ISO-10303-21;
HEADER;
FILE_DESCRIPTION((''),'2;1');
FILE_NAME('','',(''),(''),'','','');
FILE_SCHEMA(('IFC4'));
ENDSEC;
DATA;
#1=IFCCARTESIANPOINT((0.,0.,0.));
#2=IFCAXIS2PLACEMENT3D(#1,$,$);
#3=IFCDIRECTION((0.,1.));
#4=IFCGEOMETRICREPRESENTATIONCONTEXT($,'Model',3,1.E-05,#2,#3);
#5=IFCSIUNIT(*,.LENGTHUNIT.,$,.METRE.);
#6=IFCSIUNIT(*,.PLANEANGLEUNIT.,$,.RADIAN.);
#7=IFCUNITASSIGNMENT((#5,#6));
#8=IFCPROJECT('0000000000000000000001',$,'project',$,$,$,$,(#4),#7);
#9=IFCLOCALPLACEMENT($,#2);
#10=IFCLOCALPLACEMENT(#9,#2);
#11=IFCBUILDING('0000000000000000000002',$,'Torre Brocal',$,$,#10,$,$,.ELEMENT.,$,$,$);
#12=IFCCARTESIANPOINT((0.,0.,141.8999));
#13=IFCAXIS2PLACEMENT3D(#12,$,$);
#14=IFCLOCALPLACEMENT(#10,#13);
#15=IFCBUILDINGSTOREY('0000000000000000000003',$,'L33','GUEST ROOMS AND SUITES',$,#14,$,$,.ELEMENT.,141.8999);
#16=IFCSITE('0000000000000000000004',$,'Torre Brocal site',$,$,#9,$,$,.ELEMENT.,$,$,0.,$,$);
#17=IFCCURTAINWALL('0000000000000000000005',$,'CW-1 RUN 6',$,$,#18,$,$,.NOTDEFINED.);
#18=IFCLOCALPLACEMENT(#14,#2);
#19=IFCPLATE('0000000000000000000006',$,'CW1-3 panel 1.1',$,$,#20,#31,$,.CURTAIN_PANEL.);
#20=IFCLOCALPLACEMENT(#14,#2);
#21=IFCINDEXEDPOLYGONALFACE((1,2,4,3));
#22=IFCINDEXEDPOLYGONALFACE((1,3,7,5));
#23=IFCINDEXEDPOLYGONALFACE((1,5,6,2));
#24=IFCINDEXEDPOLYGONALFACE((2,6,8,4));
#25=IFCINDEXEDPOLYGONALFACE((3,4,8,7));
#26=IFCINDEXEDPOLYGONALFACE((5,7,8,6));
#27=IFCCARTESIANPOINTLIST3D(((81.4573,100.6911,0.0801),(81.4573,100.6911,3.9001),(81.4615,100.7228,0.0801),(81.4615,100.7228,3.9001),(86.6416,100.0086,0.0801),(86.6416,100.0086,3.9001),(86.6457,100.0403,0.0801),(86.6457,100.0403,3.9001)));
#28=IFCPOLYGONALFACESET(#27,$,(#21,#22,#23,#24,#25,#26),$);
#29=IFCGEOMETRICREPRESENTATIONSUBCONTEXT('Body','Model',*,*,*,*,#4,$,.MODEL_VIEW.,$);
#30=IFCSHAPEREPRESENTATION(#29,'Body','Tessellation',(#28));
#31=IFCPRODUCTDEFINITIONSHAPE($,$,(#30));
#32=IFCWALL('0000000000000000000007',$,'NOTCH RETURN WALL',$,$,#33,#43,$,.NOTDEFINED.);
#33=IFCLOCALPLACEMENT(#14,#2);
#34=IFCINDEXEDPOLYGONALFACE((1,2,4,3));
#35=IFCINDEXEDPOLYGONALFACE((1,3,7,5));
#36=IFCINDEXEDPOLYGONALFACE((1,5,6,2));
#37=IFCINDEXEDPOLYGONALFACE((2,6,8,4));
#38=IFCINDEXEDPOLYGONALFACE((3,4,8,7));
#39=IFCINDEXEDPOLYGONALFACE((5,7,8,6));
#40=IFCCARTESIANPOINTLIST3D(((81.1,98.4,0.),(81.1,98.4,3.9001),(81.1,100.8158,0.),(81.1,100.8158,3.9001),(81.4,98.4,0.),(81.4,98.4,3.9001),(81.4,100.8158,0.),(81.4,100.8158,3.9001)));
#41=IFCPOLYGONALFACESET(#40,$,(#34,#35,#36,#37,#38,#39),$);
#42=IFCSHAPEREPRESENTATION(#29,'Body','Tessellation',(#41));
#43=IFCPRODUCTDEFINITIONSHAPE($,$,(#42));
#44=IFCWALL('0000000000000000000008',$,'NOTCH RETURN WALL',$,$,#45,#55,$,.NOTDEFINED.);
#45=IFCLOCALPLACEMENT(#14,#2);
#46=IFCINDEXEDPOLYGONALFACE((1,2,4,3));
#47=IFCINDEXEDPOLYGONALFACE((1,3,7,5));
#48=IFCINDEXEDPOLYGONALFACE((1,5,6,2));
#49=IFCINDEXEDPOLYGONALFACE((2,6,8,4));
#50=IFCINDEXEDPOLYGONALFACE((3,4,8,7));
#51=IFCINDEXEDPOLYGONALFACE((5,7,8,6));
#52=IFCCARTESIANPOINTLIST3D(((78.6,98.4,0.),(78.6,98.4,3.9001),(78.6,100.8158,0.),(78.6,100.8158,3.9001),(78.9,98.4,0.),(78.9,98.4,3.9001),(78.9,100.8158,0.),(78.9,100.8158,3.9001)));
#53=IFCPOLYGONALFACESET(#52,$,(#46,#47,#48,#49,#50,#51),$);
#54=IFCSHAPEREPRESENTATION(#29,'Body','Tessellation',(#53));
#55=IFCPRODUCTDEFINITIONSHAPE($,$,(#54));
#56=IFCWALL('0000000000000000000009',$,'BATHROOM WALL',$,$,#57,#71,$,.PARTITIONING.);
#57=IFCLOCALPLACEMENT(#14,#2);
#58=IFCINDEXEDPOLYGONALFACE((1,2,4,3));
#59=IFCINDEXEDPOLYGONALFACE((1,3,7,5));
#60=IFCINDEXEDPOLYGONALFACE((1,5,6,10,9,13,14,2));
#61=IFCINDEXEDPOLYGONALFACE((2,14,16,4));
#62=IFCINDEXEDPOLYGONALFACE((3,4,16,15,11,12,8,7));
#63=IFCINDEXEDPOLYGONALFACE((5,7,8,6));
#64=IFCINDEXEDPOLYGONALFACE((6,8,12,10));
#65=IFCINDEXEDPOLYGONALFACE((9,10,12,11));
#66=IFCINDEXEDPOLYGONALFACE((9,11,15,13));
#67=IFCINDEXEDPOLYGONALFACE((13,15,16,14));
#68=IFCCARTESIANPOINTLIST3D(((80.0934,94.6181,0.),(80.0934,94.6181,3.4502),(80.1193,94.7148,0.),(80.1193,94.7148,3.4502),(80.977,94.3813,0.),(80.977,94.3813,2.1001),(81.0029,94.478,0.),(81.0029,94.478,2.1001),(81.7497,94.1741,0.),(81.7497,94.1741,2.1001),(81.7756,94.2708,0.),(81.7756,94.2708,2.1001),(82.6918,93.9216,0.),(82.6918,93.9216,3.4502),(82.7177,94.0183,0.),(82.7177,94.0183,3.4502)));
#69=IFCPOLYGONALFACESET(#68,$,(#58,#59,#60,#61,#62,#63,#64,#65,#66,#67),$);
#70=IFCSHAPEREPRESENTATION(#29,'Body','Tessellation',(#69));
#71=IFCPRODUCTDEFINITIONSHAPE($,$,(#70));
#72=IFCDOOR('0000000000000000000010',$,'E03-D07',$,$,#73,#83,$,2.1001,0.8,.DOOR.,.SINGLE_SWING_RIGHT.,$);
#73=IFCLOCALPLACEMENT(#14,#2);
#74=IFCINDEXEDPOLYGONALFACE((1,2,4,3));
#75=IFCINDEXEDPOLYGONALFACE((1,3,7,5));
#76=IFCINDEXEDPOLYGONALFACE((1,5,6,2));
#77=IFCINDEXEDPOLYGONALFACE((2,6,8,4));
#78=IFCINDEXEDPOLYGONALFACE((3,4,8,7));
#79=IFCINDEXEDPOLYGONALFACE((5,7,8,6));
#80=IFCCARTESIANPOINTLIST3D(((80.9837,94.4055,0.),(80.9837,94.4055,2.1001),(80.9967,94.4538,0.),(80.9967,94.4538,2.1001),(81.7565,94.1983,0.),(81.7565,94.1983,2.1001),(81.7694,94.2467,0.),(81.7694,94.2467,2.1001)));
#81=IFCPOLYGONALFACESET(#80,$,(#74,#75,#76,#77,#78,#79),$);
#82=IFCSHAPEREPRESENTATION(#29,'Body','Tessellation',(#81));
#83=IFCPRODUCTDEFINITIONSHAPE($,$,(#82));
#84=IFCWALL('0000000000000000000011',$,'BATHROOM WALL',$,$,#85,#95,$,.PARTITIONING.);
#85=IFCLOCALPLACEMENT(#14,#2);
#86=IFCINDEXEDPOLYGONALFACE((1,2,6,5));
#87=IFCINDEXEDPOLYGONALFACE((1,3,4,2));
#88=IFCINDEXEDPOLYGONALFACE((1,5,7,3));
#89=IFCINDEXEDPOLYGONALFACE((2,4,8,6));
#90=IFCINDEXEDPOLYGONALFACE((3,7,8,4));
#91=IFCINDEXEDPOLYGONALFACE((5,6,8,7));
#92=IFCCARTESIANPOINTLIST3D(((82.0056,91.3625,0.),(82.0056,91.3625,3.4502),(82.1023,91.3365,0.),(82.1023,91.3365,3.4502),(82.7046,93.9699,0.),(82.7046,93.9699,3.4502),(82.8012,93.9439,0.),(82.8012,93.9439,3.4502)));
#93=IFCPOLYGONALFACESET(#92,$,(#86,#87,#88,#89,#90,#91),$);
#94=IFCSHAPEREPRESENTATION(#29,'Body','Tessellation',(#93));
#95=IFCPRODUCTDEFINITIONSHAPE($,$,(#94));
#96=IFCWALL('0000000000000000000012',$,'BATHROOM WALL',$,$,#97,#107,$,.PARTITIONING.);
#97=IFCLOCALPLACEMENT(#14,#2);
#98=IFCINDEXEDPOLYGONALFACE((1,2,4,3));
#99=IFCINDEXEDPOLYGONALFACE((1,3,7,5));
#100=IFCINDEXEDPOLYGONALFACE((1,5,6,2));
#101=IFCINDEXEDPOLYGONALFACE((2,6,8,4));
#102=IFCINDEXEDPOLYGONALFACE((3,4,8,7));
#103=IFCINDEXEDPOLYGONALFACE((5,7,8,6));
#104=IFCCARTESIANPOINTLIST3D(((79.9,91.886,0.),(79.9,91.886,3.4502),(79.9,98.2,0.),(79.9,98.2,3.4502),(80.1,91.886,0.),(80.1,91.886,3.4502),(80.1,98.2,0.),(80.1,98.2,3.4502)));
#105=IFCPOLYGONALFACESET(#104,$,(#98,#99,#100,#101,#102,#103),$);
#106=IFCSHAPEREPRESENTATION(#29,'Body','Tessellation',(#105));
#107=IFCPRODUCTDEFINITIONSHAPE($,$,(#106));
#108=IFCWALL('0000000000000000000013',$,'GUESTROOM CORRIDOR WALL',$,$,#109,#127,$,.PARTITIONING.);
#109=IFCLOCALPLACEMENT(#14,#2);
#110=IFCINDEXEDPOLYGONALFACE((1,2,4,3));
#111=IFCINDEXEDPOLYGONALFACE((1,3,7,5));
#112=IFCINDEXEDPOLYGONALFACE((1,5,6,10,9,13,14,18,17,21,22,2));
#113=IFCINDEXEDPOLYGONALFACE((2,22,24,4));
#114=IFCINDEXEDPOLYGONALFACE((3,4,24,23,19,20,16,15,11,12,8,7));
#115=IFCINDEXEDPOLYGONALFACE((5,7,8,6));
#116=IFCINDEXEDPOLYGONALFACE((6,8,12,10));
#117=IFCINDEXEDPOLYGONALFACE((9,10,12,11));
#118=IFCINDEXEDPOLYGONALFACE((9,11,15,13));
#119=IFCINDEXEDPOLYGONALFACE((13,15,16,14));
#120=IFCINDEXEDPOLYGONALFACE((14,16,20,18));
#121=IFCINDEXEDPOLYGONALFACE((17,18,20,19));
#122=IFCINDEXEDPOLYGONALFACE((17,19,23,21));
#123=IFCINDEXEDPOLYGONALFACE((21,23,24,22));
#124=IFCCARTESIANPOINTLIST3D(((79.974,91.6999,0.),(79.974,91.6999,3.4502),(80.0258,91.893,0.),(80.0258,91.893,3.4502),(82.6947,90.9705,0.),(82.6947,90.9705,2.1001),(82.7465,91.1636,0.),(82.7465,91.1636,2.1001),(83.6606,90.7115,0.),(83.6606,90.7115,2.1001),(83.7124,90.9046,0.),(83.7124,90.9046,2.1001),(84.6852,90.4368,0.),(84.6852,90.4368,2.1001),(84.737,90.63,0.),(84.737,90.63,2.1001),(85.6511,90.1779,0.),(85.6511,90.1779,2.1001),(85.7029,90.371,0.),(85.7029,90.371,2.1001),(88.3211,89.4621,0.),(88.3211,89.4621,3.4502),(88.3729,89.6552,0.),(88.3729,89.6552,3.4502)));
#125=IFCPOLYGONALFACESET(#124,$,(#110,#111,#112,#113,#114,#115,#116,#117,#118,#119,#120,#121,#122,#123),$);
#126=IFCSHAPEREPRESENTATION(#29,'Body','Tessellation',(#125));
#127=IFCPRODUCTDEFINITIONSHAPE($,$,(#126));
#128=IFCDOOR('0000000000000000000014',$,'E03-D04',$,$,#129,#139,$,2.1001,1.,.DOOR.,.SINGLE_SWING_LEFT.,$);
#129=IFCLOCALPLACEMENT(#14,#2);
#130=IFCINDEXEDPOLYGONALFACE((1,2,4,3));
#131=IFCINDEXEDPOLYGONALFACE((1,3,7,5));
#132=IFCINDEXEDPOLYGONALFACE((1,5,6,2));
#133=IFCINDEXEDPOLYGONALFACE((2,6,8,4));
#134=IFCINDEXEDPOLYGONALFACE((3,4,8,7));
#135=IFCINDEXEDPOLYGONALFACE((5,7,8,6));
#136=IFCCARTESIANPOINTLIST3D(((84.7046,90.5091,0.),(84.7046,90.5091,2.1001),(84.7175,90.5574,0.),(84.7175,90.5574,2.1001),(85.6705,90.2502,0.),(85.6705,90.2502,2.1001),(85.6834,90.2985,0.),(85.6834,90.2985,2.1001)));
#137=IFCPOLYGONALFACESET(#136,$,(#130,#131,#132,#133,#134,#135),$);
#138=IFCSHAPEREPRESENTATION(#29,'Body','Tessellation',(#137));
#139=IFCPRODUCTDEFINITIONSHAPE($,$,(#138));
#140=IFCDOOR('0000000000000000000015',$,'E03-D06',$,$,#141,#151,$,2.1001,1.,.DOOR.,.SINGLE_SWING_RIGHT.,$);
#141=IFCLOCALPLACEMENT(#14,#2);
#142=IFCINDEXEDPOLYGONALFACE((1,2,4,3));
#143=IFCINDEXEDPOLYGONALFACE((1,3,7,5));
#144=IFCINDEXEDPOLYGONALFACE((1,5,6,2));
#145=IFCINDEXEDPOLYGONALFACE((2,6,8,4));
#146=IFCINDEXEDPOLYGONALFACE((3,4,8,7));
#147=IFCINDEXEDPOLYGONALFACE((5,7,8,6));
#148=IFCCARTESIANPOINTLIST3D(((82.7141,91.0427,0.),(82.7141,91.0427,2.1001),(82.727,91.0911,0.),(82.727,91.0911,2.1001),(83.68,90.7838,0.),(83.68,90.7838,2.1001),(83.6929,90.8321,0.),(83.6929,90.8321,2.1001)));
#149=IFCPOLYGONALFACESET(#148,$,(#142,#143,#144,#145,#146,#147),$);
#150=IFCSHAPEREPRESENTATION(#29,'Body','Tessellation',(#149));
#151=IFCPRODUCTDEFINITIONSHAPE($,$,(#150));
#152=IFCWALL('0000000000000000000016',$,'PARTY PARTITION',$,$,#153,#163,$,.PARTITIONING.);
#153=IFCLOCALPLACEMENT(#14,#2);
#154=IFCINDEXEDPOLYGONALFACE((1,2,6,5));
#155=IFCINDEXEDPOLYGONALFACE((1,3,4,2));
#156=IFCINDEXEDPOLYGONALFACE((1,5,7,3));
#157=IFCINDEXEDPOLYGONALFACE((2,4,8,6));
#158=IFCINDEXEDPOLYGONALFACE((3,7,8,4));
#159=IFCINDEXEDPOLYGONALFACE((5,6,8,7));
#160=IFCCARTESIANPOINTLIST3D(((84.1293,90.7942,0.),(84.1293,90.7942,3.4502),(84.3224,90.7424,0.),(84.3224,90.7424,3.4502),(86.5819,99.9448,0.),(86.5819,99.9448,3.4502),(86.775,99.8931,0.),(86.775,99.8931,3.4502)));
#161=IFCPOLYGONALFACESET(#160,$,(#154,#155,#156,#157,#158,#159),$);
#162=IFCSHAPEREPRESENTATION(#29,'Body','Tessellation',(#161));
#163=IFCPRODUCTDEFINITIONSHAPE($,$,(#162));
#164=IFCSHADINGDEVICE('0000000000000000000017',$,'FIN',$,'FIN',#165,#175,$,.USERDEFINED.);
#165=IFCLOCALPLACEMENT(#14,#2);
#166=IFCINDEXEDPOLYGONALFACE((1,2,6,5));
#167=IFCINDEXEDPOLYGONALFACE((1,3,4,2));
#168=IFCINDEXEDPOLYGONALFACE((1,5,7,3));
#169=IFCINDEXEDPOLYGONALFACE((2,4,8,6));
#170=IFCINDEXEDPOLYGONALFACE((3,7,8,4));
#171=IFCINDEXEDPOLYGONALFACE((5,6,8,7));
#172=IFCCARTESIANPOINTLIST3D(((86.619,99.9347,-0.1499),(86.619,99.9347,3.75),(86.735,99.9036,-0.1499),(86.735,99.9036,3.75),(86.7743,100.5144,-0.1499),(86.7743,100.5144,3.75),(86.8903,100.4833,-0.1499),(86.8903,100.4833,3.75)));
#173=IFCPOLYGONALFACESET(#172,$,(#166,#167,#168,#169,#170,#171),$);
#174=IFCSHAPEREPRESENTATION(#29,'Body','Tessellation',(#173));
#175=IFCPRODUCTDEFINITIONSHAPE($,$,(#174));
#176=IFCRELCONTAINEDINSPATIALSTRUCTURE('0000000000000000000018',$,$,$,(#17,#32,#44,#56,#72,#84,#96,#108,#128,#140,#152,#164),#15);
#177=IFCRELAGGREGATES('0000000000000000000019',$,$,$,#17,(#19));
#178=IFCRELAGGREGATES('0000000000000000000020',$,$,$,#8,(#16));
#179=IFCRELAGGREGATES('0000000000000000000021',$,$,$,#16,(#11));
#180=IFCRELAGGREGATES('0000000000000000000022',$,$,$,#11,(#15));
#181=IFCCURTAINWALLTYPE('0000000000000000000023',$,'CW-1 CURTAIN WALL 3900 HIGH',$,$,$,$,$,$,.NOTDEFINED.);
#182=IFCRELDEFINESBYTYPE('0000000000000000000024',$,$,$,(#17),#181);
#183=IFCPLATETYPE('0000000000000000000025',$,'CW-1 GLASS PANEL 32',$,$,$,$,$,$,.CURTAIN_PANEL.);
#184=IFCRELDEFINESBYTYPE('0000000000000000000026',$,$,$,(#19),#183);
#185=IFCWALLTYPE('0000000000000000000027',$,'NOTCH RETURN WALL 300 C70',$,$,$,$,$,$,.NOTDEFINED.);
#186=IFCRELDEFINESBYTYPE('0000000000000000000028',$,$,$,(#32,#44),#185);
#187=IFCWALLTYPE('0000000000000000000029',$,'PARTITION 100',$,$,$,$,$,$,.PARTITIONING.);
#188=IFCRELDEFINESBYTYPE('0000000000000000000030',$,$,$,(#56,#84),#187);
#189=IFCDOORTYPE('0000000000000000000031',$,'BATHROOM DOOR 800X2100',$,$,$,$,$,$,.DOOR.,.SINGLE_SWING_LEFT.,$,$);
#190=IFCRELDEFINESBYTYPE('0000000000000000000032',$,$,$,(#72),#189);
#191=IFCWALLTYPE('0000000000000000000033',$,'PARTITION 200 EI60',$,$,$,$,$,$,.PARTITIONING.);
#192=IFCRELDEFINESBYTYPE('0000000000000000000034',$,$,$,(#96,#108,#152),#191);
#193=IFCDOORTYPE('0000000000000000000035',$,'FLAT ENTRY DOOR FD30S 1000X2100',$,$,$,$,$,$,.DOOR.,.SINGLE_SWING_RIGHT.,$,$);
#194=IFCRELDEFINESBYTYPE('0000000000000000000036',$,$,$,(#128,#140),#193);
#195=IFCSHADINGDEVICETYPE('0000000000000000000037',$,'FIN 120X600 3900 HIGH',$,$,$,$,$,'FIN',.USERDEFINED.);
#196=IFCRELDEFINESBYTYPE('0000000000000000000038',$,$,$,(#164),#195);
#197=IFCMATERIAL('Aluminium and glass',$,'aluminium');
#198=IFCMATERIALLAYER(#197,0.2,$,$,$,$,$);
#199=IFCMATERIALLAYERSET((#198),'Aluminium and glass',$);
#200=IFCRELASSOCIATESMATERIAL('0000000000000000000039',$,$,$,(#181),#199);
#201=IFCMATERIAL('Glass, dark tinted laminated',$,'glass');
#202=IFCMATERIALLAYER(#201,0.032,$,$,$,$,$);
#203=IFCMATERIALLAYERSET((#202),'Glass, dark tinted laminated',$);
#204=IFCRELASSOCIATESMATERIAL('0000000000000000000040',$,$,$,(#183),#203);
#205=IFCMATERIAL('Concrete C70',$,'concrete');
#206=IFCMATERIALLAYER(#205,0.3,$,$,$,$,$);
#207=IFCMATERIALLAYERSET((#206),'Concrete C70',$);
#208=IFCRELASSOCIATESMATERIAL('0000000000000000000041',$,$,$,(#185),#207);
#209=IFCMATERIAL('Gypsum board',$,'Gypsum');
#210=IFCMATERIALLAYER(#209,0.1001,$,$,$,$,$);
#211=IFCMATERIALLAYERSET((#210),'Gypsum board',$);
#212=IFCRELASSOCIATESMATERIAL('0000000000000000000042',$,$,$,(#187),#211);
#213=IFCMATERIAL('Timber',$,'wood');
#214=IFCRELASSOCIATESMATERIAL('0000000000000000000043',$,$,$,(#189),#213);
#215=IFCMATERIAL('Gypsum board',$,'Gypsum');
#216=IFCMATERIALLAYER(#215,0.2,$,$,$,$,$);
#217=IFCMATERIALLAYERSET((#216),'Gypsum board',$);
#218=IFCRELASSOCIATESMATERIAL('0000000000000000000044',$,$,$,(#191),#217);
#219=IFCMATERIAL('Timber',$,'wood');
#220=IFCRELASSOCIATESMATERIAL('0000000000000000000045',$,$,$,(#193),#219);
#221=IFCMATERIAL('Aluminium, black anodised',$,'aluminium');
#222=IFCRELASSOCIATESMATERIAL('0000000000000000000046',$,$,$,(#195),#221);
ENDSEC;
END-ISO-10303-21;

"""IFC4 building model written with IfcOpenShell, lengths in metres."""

from ifc_helpers import new_model, si_unit, direction, frame, frame_2d, origin, origin_2d, place, context, subcontext, project, spatial, rectangle, extrude, material, layer, layer_set, material_profile, profile_set, type_object, element, fill, aggregate, save


model = new_model("IFC4")

# Units and contexts
model_context = context("Model", 3, precision=1e-05, world=origin(), true_north=direction((0.0, 1.0)))
body_context = subcontext(model_context, "Body", "Model", "MODEL_VIEW")
ifc_project = project(units=[si_unit("LENGTHUNIT", "METRE"), si_unit("PLANEANGLEUNIT", "RADIAN")], contexts=[model_context])

# Site, building, storey
site_placement = place(None, origin())
site = spatial("IfcSite", under=ifc_project, at=site_placement, Name="Torre Brocal site", CompositionType="ELEMENT", RefElevation=0.0)
building_placement = place(site_placement, origin())
building = spatial("IfcBuilding", under=site, at=building_placement, Name="Torre Brocal", CompositionType="ELEMENT")
storey_placement = place(building_placement, frame((0.0, 0.0, 141.8999)))
storey = spatial("IfcBuildingStorey", under=building, at=storey_placement, Name="L33", Description="GUEST ROOMS AND SUITES", CompositionType="ELEMENT", Elevation=141.8999)

# Shared definitions
ifc_material_1 = material(Name="Aluminium and glass", Category="aluminium")
ifc_layer_1 = layer(ifc_material_1, 0.2)
ifc_layer_set_1 = layer_set([ifc_layer_1], Name="Aluminium and glass")
curtain_wall_type = type_object("IfcCurtainWallType", Name="CW-1 CURTAIN WALL 3900 HIGH", PredefinedType="NOTDEFINED", material=ifc_layer_set_1)

# Curtain wall
curtain_wall_1_placement = place(storey_placement, origin())
curtain_wall_1 = element("IfcCurtainWall", 1, at=curtain_wall_1_placement, inside=storey, type_object=curtain_wall_type, Name="CW-1 RUN 6", PredefinedType="NOTDEFINED")

# Plate
ifc_material_2 = material(Name="Glass, dark tinted laminated", Category="glass")
ifc_layer_2 = layer(ifc_material_2, 0.032)
ifc_layer_set_2 = layer_set([ifc_layer_2], Name="Glass, dark tinted laminated")
plate_type = type_object("IfcPlateType", Name="CW-1 GLASS PANEL 32", PredefinedType="CURTAIN_PANEL", material=ifc_layer_set_2)
plate_1_placement = place(storey_placement, frame((84.0515, 100.3657, 0.0801), z_axis=(0.0, 0.0, 1.0), x_axis=(-0.991445, 0.130526, 0.0)))
plate_1 = element("IfcPlate", 2, at=plate_1_placement, type_object=plate_type, Name="CW1-3 panel 1.1", PredefinedType="CURTAIN_PANEL", context=body_context, shape_type="SweptSolid", body=[
    extrude(rectangle(XDim=5.229, YDim=0.032, at=origin_2d()), origin(), (0.0, 0.0, 1.0), 3.8201),
])
aggregate(curtain_wall_1, [plate_1])

# Walls
ifc_material_3 = material(Name="Concrete C70", Category="concrete")
ifc_layer_3 = layer(ifc_material_3, 0.3)
ifc_layer_set_3 = layer_set([ifc_layer_3], Name="Concrete C70")
wall_type_1 = type_object("IfcWallType", Name="NOTCH RETURN WALL 300 C70", PredefinedType="NOTDEFINED", material=ifc_layer_set_3)
for number, where, z_axis, x_axis, name in (
    (3, (81.25, 98.3999, 0.0), (0.0, 0.0, 1.0), (0.0, 1.0, 0.0), "NOTCH RETURN WALL"),
    (4, (78.75, 98.3999, 0.0), (0.0, 0.0, 1.0), (0.0, 1.0, 0.0), "NOTCH RETURN WALL"),
):
    element("IfcWall", number, at=place(storey_placement, frame(where, z_axis=z_axis, x_axis=x_axis)), inside=storey, type_object=wall_type_1, Name=name, PredefinedType="NOTDEFINED", context=body_context, shape_type="SweptSolid", body=[
        extrude(rectangle(XDim=2.4158, YDim=0.3, at=frame_2d((1.208, 0.0))), origin(), (0.0, 0.0, 1.0), 3.9001),
    ])

# Wall, opening, door
ifc_material_4 = material(Name="Gypsum board", Category="Gypsum")
ifc_layer_4 = layer(ifc_material_4, 0.1001)
ifc_layer_set_4 = layer_set([ifc_layer_4], Name="Gypsum board")
wall_type_2 = type_object("IfcWallType", Name="PARTITION 100", PredefinedType="PARTITIONING", material=ifc_layer_set_4)
wall_1_placement = place(storey_placement, frame((80.1062, 94.6665, 0.0), z_axis=(0.0, 0.0, 1.0), x_axis=(0.965898, -0.258922, 0.0)))
wall_1 = element("IfcWall", 5, at=wall_1_placement, inside=storey, type_object=wall_type_2, Name="BATHROOM WALL", PredefinedType="PARTITIONING", context=body_context, shape_type="SweptSolid", body=[
    extrude(rectangle(XDim=2.6902, YDim=0.1001, at=frame_2d((1.3452, 0.0))), origin(), (0.0, 0.0, 1.0), 3.4502),
])
opening_1_placement = place(wall_1_placement, frame((0.915, 0.0, 0.0)))
opening_1 = element("IfcOpeningElement", 6, at=opening_1_placement, cuts=wall_1, PredefinedType="OPENING", context=body_context, shape_type="SweptSolid", body=[
    extrude(rectangle(XDim=0.8, YDim=2.1001, at=frame_2d((0.3999, 1.05))), frame((0.0, 0.0601, 0.0), z_axis=(0.0, -1.0, 0.0), x_axis=(1.0, 0.0, 0.0)), (0.0, 0.0, 1.0), 0.1201),
])
ifc_material_5 = material(Name="Timber", Category="wood")
door_type_1 = type_object("IfcDoorType", Name="BATHROOM DOOR 800X2100", OperationType="SINGLE_SWING_LEFT", PredefinedType="DOOR", material=ifc_material_5)
door_1_placement = place(opening_1_placement, frame((0.8, 0.0, 0.0), z_axis=(0.0, 0.0, 1.0), x_axis=(-1.0, 0.0, 0.0)))
door_1 = element("IfcDoor", 7, at=door_1_placement, inside=storey, type_object=door_type_1, Name="E03-D07", OperationType="SINGLE_SWING_RIGHT", OverallHeight=2.1001, OverallWidth=0.8, PredefinedType="DOOR", context=body_context, shape_type="SweptSolid", body=[
    extrude(rectangle(XDim=0.8, YDim=2.1001, at=frame_2d((0.3999, 1.05))), frame((0.0, 0.0249, 0.0), z_axis=(0.0, -1.0, 0.0), x_axis=(1.0, 0.0, 0.0)), (0.0, 0.0, 1.0), 0.05),
])
fill(opening_1, door_1)

# Walls
wall_2_placement = place(storey_placement, frame((82.054, 91.3496, 0.0), z_axis=(0.0, 0.0, 1.0), x_axis=(0.258929, 0.965896, 0.0)))
element("IfcWall", 8, at=wall_2_placement, inside=storey, type_object=wall_type_2, Name="BATHROOM WALL", PredefinedType="PARTITIONING", context=body_context, shape_type="SweptSolid", body=[
    extrude(rectangle(XDim=2.6995, YDim=0.1001, at=frame_2d((1.3496, 0.0))), origin(), (0.0, 0.0, 1.0), 3.4502),
])
ifc_material_6 = material(Name="Gypsum board", Category="Gypsum")
ifc_layer_5 = layer(ifc_material_6, 0.2)
ifc_layer_set_5 = layer_set([ifc_layer_5], Name="Gypsum board")
wall_type_3 = type_object("IfcWallType", Name="PARTITION 200 EI60", PredefinedType="PARTITIONING", material=ifc_layer_set_5)
wall_3_placement = place(storey_placement, frame((80.0, 91.886, 0.0), z_axis=(0.0, 0.0, 1.0), x_axis=(0.0, 1.0, 0.0)))
element("IfcWall", 9, at=wall_3_placement, inside=storey, type_object=wall_type_3, Name="BATHROOM WALL", PredefinedType="PARTITIONING", context=body_context, shape_type="SweptSolid", body=[
    extrude(rectangle(XDim=6.314, YDim=0.2, at=frame_2d((3.157, 0.0))), origin(), (0.0, 0.0, 1.0), 3.4502),
])

# Wall, openings, doors
wall_4_placement = place(storey_placement, frame((80.0, 91.7964, 0.0), z_axis=(0.0, 0.0, 1.0), x_axis=(0.965892, -0.258946, 0.0)))
wall_4 = element("IfcWall", 10, at=wall_4_placement, inside=storey, type_object=wall_type_3, Name="GUESTROOM CORRIDOR WALL", PredefinedType="PARTITIONING", context=body_context, shape_type="SweptSolid", body=[
    extrude(rectangle(XDim=8.6418, YDim=0.2, at=frame_2d((4.3208, 0.0))), origin(), (0.0, 0.0, 1.0), 3.4502),
])
opening_2_placement = place(wall_4_placement, frame((4.8774, 0.0, 0.0)))
opening_2 = element("IfcOpeningElement", 11, at=opening_2_placement, cuts=wall_4, PredefinedType="OPENING", context=body_context, shape_type="SweptSolid", body=[
    extrude(rectangle(XDim=1.0, YDim=2.1001, at=frame_2d((0.5, 1.05))), frame((0.0, 0.1099, 0.0), z_axis=(0.0, -1.0, 0.0), x_axis=(1.0, 0.0, 0.0)), (0.0, 0.0, 1.0), 0.22),
])
opening_3_placement = place(wall_4_placement, frame((2.8167, 0.0, 0.0)))
opening_3 = element("IfcOpeningElement", 12, at=opening_3_placement, cuts=wall_4, PredefinedType="OPENING", context=body_context, shape_type="SweptSolid", body=[
    extrude(rectangle(XDim=1.0, YDim=2.1001, at=frame_2d((0.5, 1.05))), frame((0.0, 0.1099, 0.0), z_axis=(0.0, -1.0, 0.0), x_axis=(1.0, 0.0, 0.0)), (0.0, 0.0, 1.0), 0.22),
])
ifc_material_7 = material(Name="Timber", Category="wood")
door_type_2 = type_object("IfcDoorType", Name="FLAT ENTRY DOOR FD30S 1000X2100", OperationType="SINGLE_SWING_RIGHT", PredefinedType="DOOR", material=ifc_material_7)
door_2_placement = place(opening_2_placement, origin())
door_2 = element("IfcDoor", 13, at=door_2_placement, inside=storey, type_object=door_type_2, Name="E03-D04", OperationType="SINGLE_SWING_LEFT", OverallHeight=2.1001, OverallWidth=1.0, PredefinedType="DOOR", context=body_context, shape_type="SweptSolid", body=[
    extrude(rectangle(XDim=1.0, YDim=2.1001, at=frame_2d((0.5, 1.05))), frame((0.0, 0.0249, 0.0), z_axis=(0.0, -1.0, 0.0), x_axis=(1.0, 0.0, 0.0)), (0.0, 0.0, 1.0), 0.05),
])
fill(opening_2, door_2)
door_3_placement = place(opening_3_placement, origin())
door_3 = element("IfcDoor", 14, at=door_3_placement, inside=storey, type_object=door_type_2, Name="E03-D06", OperationType="SINGLE_SWING_RIGHT", OverallHeight=2.1001, OverallWidth=1.0, PredefinedType="DOOR", context=body_context, shape_type="SweptSolid", body=[
    extrude(rectangle(XDim=1.0, YDim=2.1001, at=frame_2d((0.5, 1.05))), frame((0.0, 0.0249, 0.0), z_axis=(0.0, -1.0, 0.0), x_axis=(1.0, 0.0, 0.0)), (0.0, 0.0, 1.0), 0.05),
])
fill(opening_3, door_3)

# Wall
wall_5_placement = place(storey_placement, frame((84.2258, 90.7683, 0.0), z_axis=(0.0, 0.0, 1.0), x_axis=(0.258891, 0.965907, 0.0)))
element("IfcWall", 15, at=wall_5_placement, inside=storey, type_object=wall_type_3, Name="PARTY PARTITION", PredefinedType="PARTITIONING", context=body_context, shape_type="SweptSolid", body=[
    extrude(rectangle(XDim=9.4736, YDim=0.2, at=frame_2d((4.7368, 0.0))), origin(), (0.0, 0.0, 1.0), 3.4502),
])

# Shading device
ifc_material_8 = material(Name="Aluminium, black anodised", Category="aluminium")
ifc_material_profile_1 = material_profile(ifc_material_8, rectangle(XDim=0.1201, YDim=0.6001, at=origin_2d()), Name="FIN 120X600 3900 HIGH")
ifc_profile_set_1 = profile_set([ifc_material_profile_1], Name="Aluminium, black anodised")
shading_device_type = type_object("IfcShadingDeviceType", Name="FIN 120X600 3900 HIGH", ElementType="FIN", PredefinedType="USERDEFINED", material=ifc_profile_set_1)
shading_device_placement = place(storey_placement, frame((86.7546, 100.209, -0.1499), z_axis=(0.0, 0.0, 1.0), x_axis=(-0.965926, 0.258819, 0.0)))
element("IfcShadingDevice", 16, at=shading_device_placement, inside=storey, type_object=shading_device_type, Name="FIN", ObjectType="FIN", PredefinedType="USERDEFINED", context=body_context, shape_type="SweptSolid", body=[
    extrude(rectangle(XDim=0.1201, YDim=0.6001, at=origin_2d()), origin(), (0.0, 0.0, 1.0), 3.8999),
])

save(model, "model.ifc")
